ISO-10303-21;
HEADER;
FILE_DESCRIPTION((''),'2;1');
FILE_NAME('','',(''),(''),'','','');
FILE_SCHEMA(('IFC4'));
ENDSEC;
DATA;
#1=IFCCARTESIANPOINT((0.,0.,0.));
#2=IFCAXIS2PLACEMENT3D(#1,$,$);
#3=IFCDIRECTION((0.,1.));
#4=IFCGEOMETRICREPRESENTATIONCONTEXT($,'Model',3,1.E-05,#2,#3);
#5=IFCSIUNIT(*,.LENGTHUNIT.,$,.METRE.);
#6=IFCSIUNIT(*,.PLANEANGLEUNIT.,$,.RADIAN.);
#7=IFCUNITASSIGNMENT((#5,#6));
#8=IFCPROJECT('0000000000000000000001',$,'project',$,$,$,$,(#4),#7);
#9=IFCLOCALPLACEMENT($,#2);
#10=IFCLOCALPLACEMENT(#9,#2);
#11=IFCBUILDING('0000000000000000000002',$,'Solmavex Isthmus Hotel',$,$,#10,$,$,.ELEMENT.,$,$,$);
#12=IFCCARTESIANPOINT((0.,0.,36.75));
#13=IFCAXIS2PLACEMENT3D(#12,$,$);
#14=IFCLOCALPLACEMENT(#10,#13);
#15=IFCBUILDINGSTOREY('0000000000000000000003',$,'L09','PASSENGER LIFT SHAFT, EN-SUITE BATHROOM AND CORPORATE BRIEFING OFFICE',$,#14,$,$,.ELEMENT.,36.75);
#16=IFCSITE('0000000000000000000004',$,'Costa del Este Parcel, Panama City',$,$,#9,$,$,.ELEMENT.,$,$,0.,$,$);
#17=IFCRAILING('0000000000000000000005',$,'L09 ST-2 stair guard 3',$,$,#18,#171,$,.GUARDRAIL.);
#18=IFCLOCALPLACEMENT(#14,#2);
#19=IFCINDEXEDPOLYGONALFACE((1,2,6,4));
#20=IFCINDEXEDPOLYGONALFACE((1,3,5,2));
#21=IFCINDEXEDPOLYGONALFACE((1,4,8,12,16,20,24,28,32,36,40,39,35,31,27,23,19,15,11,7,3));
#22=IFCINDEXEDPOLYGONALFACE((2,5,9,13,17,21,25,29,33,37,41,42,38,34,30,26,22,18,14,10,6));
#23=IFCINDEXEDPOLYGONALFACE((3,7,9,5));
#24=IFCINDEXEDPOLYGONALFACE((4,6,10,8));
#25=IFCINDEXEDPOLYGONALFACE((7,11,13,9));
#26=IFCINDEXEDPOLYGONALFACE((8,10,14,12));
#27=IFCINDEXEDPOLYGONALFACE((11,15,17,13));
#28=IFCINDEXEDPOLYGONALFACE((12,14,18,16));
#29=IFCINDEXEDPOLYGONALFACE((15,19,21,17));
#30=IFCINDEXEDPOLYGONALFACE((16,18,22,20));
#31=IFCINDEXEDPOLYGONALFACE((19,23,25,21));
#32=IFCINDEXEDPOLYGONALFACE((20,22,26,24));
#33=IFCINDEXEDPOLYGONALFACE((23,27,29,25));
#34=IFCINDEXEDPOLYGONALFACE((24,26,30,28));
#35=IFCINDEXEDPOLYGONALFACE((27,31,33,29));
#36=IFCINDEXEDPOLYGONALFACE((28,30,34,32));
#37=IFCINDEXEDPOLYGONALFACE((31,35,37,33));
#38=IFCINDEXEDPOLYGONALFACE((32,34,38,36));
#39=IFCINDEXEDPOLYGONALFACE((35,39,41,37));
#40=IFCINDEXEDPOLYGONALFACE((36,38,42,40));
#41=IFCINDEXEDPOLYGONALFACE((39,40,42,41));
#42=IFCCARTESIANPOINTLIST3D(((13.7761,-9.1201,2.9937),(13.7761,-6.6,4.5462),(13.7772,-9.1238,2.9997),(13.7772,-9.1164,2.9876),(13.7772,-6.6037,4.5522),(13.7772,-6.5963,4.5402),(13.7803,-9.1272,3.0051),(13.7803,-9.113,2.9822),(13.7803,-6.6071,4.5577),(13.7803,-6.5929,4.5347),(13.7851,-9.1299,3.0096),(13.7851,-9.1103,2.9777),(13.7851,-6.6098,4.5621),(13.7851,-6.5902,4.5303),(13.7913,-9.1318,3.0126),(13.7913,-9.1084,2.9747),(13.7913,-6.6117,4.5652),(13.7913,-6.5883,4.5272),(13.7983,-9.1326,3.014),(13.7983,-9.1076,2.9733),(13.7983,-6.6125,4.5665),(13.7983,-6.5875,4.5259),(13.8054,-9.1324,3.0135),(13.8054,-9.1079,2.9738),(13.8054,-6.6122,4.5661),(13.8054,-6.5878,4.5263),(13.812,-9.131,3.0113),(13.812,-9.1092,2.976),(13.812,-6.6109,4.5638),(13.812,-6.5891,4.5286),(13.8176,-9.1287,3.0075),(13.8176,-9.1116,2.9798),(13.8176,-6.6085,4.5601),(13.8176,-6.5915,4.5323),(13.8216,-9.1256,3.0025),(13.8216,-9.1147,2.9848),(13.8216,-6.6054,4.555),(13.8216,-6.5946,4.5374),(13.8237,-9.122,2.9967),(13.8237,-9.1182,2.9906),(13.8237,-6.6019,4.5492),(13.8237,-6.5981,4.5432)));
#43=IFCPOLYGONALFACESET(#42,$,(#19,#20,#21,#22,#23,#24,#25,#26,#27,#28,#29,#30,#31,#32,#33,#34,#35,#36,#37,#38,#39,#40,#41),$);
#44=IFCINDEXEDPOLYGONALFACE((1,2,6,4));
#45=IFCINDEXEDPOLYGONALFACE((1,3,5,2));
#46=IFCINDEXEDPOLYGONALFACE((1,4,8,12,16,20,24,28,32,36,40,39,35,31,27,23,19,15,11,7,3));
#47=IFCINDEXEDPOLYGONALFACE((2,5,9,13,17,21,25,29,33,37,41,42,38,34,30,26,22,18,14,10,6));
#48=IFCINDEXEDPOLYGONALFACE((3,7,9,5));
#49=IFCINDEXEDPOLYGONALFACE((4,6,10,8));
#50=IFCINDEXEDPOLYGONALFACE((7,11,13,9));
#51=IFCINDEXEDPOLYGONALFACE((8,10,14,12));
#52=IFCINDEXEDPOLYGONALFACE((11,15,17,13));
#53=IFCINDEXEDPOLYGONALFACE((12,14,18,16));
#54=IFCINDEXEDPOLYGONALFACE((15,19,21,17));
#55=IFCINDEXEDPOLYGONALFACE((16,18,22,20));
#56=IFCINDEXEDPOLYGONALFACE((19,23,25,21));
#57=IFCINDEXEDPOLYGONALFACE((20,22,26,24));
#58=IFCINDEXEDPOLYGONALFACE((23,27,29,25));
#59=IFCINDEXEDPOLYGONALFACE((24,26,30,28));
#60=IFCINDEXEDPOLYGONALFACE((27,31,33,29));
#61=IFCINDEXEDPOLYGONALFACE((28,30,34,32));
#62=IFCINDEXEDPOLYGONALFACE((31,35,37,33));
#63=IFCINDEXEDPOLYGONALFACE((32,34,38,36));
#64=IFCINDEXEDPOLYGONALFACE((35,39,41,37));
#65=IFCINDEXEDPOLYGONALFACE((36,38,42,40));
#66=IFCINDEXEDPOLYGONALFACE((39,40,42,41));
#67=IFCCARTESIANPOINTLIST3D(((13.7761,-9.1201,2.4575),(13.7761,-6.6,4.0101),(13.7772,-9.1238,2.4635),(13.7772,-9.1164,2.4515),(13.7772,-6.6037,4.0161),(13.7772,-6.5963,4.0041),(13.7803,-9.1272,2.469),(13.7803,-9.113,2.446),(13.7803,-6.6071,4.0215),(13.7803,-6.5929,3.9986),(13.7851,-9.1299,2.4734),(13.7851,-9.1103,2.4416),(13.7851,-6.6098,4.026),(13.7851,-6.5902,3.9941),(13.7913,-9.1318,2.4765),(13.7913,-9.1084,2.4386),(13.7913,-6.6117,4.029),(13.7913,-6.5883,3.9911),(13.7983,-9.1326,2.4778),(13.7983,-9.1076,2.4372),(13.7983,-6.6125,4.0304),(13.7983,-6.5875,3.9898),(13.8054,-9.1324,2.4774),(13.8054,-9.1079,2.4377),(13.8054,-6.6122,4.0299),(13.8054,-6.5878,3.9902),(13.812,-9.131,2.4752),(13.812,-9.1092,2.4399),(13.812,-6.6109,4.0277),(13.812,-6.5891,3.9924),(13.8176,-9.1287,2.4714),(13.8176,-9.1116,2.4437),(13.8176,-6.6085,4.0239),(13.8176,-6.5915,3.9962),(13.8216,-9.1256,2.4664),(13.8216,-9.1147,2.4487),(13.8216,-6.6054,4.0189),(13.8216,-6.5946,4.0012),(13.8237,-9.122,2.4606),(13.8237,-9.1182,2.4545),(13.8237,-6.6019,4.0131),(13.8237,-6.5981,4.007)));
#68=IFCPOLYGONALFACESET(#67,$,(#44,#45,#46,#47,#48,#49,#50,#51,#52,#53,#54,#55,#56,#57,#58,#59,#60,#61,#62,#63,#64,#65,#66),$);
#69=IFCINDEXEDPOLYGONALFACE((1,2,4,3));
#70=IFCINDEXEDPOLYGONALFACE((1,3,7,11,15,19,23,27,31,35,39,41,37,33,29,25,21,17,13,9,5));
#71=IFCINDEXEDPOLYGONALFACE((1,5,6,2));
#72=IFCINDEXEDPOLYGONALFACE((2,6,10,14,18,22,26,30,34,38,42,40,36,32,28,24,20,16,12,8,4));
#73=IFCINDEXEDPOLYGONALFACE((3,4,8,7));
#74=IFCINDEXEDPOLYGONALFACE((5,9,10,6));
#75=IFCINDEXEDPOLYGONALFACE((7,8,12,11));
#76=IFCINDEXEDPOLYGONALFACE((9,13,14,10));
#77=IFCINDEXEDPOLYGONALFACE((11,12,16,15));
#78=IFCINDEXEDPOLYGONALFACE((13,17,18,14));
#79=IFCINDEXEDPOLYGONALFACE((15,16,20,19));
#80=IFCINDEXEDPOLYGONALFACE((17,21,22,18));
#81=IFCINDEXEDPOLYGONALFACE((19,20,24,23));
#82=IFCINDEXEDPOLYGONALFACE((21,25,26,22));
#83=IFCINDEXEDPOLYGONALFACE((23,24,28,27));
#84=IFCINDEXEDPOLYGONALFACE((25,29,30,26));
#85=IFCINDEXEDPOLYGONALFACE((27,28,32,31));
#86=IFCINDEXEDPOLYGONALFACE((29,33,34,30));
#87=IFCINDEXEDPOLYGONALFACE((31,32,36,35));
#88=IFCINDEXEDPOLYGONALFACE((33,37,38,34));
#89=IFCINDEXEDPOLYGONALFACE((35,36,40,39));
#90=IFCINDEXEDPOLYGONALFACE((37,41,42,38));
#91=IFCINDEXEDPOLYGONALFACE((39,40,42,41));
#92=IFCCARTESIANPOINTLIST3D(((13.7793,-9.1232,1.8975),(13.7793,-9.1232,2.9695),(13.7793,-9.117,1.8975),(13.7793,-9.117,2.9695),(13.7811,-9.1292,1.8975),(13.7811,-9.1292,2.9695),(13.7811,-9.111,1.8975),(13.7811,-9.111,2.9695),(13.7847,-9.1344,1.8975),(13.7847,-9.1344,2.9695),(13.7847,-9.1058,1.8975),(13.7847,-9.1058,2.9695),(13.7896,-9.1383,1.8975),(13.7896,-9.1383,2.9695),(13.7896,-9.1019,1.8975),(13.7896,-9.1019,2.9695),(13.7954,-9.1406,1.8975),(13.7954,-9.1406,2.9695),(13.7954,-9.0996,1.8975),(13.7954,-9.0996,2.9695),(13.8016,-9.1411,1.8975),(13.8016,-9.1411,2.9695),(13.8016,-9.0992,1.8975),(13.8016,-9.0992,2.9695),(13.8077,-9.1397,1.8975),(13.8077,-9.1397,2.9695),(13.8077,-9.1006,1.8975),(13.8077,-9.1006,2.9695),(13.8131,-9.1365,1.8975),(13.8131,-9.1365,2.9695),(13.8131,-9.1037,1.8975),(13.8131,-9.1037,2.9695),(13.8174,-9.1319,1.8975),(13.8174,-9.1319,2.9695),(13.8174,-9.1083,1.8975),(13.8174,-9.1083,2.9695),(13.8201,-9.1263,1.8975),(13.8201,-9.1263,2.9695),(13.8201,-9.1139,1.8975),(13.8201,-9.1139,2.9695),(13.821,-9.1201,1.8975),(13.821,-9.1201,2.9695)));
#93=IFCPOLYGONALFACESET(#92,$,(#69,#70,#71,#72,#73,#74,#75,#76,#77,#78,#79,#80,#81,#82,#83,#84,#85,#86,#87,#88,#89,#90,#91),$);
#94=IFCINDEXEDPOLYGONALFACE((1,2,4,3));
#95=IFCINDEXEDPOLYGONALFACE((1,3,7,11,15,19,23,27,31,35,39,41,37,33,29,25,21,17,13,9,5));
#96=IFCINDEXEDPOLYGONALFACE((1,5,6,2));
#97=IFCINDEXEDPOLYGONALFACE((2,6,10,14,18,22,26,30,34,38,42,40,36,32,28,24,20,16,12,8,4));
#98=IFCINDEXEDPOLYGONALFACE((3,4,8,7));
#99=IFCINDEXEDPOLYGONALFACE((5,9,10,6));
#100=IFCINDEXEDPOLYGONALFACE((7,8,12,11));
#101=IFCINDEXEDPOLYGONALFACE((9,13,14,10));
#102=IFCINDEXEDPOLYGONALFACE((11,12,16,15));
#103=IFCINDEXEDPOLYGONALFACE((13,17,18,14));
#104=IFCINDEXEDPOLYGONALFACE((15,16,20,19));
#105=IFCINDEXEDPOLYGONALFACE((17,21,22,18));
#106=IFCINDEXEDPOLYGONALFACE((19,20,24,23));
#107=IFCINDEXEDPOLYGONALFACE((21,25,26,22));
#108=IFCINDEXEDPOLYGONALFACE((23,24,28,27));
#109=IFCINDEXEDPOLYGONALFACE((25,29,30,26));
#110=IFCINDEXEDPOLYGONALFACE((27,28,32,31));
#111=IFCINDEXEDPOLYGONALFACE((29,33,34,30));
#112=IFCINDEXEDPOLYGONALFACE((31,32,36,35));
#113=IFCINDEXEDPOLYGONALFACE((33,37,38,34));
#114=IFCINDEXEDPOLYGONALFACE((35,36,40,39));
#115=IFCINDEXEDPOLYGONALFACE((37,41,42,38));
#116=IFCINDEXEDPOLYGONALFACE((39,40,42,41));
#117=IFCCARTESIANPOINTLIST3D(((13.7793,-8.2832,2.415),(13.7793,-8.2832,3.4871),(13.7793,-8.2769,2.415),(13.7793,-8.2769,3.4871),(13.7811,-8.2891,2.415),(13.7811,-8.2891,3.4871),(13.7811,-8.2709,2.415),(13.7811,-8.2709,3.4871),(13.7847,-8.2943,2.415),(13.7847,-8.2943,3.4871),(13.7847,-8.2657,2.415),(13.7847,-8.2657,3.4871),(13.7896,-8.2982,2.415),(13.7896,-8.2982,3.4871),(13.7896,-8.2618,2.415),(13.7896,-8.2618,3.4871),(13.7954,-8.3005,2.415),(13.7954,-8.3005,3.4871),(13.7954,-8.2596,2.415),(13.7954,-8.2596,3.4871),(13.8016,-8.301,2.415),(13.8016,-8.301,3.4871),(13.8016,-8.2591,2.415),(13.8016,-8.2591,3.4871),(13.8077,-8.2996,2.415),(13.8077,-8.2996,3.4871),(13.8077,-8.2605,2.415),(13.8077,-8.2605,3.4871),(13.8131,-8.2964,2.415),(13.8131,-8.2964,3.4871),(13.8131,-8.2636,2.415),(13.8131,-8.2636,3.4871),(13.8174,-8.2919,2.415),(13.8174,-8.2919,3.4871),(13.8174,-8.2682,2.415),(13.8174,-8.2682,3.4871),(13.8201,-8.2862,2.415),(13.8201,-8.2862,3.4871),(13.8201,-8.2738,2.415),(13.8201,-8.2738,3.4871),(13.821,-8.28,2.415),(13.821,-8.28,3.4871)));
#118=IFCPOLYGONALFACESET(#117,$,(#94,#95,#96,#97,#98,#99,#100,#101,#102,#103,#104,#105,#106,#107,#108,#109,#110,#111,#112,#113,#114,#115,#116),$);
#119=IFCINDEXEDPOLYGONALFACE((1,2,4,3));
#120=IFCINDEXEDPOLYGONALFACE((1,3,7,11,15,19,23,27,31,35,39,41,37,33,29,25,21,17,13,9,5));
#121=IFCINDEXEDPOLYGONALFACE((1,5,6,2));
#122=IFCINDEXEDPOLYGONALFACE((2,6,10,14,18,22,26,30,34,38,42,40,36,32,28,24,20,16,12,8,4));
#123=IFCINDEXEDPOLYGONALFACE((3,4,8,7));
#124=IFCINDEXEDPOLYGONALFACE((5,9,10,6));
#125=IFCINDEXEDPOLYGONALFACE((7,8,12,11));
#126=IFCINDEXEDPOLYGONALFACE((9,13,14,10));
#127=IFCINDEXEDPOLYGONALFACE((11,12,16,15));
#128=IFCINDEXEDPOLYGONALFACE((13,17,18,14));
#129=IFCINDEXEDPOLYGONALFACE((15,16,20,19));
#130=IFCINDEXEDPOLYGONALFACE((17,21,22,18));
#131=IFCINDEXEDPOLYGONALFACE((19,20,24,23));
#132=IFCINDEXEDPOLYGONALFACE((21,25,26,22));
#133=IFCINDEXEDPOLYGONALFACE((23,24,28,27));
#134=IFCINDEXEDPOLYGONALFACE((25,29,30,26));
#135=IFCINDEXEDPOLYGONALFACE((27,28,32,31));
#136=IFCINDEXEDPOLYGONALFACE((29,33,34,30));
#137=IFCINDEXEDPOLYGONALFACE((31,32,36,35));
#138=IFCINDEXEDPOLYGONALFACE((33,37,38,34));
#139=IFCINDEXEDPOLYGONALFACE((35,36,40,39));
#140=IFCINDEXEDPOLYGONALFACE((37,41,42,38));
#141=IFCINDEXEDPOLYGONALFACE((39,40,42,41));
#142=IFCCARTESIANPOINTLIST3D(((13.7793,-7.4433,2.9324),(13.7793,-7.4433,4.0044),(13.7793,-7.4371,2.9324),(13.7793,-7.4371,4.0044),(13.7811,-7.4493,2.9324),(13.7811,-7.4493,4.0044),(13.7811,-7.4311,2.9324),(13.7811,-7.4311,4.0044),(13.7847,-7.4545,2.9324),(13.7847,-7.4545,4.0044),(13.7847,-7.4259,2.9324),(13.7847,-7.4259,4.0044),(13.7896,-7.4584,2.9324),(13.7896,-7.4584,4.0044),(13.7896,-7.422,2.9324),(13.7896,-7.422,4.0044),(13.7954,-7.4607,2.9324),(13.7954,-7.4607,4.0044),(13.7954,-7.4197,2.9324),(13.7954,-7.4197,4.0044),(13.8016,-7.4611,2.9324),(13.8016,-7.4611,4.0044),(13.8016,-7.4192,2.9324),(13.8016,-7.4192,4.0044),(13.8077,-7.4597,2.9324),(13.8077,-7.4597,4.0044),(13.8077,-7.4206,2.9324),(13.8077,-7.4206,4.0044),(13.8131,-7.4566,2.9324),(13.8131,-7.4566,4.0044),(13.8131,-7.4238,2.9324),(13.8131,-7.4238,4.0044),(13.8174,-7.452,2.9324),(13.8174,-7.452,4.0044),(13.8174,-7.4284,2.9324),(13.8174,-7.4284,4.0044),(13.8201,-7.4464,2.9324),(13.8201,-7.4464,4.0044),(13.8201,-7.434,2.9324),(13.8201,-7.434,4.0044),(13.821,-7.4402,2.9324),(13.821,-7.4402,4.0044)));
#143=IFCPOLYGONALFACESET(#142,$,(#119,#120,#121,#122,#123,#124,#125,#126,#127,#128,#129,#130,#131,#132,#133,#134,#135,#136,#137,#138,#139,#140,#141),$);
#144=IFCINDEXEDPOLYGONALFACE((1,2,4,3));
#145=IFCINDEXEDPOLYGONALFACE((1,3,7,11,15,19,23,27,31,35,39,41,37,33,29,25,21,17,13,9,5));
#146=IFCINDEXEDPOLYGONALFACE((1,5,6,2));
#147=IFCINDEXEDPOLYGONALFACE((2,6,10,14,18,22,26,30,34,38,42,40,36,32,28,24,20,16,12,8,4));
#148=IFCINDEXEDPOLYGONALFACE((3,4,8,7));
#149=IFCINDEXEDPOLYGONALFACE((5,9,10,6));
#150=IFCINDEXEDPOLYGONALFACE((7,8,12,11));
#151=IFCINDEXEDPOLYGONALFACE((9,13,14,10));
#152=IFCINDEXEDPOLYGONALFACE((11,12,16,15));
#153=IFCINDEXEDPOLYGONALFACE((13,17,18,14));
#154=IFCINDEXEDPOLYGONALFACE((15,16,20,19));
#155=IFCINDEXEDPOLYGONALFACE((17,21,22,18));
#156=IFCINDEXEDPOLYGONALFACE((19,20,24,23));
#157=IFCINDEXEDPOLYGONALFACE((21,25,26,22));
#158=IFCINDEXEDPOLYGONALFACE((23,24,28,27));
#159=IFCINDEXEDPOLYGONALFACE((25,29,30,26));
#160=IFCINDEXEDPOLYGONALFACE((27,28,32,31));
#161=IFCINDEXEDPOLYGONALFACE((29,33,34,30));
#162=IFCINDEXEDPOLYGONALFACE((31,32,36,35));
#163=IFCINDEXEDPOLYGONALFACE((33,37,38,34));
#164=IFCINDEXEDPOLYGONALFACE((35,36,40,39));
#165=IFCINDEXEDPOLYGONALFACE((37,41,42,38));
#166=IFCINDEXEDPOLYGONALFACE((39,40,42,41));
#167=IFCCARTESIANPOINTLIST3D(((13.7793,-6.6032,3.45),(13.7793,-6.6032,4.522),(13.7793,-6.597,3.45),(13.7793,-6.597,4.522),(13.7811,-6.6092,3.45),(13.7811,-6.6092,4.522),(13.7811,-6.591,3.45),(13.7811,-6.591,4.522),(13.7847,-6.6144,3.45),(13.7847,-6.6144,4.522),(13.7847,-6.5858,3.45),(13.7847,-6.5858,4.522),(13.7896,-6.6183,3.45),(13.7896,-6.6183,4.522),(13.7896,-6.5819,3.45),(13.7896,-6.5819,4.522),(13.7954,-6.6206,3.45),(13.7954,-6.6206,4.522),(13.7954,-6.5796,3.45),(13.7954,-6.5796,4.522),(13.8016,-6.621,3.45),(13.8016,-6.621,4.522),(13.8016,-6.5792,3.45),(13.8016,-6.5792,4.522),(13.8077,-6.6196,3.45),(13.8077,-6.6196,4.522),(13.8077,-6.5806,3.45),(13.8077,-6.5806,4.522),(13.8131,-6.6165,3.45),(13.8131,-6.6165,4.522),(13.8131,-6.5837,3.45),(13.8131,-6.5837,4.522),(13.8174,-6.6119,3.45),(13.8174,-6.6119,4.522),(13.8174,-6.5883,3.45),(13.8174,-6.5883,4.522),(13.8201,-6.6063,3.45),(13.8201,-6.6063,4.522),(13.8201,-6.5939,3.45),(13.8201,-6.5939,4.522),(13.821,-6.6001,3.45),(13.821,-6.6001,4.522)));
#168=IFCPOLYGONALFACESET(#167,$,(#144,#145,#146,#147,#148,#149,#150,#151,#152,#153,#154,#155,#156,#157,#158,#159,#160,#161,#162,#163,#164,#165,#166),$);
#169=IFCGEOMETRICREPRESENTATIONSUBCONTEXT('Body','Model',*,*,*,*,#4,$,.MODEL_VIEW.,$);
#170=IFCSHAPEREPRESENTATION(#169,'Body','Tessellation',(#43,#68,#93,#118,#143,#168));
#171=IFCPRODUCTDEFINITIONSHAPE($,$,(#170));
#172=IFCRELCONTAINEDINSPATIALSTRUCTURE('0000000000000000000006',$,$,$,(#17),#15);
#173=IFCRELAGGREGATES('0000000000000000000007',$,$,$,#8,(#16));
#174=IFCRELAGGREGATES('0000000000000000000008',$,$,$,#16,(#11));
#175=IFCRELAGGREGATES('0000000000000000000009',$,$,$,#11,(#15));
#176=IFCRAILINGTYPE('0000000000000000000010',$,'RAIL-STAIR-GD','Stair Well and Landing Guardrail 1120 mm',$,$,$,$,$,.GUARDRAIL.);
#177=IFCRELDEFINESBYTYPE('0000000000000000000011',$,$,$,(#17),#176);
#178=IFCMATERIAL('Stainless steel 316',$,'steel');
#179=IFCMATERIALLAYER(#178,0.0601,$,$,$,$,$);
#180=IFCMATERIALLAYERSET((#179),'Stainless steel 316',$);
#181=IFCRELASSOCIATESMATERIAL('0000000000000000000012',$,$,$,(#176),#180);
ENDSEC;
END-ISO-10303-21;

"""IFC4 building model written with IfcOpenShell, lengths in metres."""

from ifc_helpers import new_model, si_unit, direction, frame, origin, origin_2d, place, context, subcontext, project, spatial, circle, extrude, material, layer, layer_set, type_object, element, save


model = new_model("IFC4")

# Units and contexts
model_context = context("Model", 3, precision=1e-05, world=origin(), true_north=direction((0.0, 1.0)))
body_context = subcontext(model_context, "Body", "Model", "MODEL_VIEW")
ifc_project = project(units=[si_unit("LENGTHUNIT", "METRE"), si_unit("PLANEANGLEUNIT", "RADIAN")], contexts=[model_context])

# Site, building, storey
site_placement = place(None, origin())
site = spatial("IfcSite", under=ifc_project, at=site_placement, Name="Costa del Este Parcel, Panama City", CompositionType="ELEMENT", RefElevation=0.0)
building_placement = place(site_placement, origin())
building = spatial("IfcBuilding", under=site, at=building_placement, Name="Solmavex Isthmus Hotel", CompositionType="ELEMENT")
storey_placement = place(building_placement, frame((0.0, 0.0, 36.75)))
storey = spatial("IfcBuildingStorey", under=building, at=storey_placement, Name="L09", Description="PASSENGER LIFT SHAFT, EN-SUITE BATHROOM AND CORPORATE BRIEFING OFFICE", CompositionType="ELEMENT", Elevation=36.75)

# Railing
ifc_material_1 = material(Name="Stainless steel 316", Category="steel")
ifc_layer_1 = layer(ifc_material_1, 0.0601)
ifc_layer_set_1 = layer_set([ifc_layer_1], Name="Stainless steel 316")
railing_type_1 = type_object("IfcRailingType", Name="RAIL-STAIR-GD", Description="Stair Well and Landing Guardrail 1120 mm", PredefinedType="GUARDRAIL", material=ifc_layer_set_1)
railing_1_placement = place(storey_placement, frame((13.8, -9.1201, 1.8975)))
element("IfcRailing", 1, at=railing_1_placement, inside=storey, type_object=railing_type_1, Name="L09 ST-2 stair guard 3", PredefinedType="GUARDRAIL", context=body_context, shape_type="SweptSolid", body=[
    extrude(circle(Radius=0.0239, at=origin_2d()), frame((0.0, 0.0, 1.0962), z_axis=(0.0, 0.8514, 0.524516), x_axis=(-1.0, 0.0, 0.0)), (0.0, 0.0, 1.0), 2.96),
    extrude(circle(Radius=0.0239, at=origin_2d()), frame((0.0, 0.0, 0.5601), z_axis=(0.0, 0.8514, 0.524516), x_axis=(-1.0, 0.0, 0.0)), (0.0, 0.0, 1.0), 2.96),
    extrude(circle(Radius=0.021, at=origin_2d()), origin(), (0.0, 0.0, 1.0), 1.072),
    extrude(circle(Radius=0.021, at=origin_2d()), frame((0.0, 0.8401, 0.5176)), (0.0, 0.0, 1.0), 1.072),
    extrude(circle(Radius=0.021, at=origin_2d()), frame((0.0, 1.6799, 1.0349)), (0.0, 0.0, 1.0), 1.072),
    extrude(circle(Radius=0.021, at=origin_2d()), frame((0.0, 2.52, 1.5525)), (0.0, 0.0, 1.0), 1.072),
])

save(model, "model.ifc")
